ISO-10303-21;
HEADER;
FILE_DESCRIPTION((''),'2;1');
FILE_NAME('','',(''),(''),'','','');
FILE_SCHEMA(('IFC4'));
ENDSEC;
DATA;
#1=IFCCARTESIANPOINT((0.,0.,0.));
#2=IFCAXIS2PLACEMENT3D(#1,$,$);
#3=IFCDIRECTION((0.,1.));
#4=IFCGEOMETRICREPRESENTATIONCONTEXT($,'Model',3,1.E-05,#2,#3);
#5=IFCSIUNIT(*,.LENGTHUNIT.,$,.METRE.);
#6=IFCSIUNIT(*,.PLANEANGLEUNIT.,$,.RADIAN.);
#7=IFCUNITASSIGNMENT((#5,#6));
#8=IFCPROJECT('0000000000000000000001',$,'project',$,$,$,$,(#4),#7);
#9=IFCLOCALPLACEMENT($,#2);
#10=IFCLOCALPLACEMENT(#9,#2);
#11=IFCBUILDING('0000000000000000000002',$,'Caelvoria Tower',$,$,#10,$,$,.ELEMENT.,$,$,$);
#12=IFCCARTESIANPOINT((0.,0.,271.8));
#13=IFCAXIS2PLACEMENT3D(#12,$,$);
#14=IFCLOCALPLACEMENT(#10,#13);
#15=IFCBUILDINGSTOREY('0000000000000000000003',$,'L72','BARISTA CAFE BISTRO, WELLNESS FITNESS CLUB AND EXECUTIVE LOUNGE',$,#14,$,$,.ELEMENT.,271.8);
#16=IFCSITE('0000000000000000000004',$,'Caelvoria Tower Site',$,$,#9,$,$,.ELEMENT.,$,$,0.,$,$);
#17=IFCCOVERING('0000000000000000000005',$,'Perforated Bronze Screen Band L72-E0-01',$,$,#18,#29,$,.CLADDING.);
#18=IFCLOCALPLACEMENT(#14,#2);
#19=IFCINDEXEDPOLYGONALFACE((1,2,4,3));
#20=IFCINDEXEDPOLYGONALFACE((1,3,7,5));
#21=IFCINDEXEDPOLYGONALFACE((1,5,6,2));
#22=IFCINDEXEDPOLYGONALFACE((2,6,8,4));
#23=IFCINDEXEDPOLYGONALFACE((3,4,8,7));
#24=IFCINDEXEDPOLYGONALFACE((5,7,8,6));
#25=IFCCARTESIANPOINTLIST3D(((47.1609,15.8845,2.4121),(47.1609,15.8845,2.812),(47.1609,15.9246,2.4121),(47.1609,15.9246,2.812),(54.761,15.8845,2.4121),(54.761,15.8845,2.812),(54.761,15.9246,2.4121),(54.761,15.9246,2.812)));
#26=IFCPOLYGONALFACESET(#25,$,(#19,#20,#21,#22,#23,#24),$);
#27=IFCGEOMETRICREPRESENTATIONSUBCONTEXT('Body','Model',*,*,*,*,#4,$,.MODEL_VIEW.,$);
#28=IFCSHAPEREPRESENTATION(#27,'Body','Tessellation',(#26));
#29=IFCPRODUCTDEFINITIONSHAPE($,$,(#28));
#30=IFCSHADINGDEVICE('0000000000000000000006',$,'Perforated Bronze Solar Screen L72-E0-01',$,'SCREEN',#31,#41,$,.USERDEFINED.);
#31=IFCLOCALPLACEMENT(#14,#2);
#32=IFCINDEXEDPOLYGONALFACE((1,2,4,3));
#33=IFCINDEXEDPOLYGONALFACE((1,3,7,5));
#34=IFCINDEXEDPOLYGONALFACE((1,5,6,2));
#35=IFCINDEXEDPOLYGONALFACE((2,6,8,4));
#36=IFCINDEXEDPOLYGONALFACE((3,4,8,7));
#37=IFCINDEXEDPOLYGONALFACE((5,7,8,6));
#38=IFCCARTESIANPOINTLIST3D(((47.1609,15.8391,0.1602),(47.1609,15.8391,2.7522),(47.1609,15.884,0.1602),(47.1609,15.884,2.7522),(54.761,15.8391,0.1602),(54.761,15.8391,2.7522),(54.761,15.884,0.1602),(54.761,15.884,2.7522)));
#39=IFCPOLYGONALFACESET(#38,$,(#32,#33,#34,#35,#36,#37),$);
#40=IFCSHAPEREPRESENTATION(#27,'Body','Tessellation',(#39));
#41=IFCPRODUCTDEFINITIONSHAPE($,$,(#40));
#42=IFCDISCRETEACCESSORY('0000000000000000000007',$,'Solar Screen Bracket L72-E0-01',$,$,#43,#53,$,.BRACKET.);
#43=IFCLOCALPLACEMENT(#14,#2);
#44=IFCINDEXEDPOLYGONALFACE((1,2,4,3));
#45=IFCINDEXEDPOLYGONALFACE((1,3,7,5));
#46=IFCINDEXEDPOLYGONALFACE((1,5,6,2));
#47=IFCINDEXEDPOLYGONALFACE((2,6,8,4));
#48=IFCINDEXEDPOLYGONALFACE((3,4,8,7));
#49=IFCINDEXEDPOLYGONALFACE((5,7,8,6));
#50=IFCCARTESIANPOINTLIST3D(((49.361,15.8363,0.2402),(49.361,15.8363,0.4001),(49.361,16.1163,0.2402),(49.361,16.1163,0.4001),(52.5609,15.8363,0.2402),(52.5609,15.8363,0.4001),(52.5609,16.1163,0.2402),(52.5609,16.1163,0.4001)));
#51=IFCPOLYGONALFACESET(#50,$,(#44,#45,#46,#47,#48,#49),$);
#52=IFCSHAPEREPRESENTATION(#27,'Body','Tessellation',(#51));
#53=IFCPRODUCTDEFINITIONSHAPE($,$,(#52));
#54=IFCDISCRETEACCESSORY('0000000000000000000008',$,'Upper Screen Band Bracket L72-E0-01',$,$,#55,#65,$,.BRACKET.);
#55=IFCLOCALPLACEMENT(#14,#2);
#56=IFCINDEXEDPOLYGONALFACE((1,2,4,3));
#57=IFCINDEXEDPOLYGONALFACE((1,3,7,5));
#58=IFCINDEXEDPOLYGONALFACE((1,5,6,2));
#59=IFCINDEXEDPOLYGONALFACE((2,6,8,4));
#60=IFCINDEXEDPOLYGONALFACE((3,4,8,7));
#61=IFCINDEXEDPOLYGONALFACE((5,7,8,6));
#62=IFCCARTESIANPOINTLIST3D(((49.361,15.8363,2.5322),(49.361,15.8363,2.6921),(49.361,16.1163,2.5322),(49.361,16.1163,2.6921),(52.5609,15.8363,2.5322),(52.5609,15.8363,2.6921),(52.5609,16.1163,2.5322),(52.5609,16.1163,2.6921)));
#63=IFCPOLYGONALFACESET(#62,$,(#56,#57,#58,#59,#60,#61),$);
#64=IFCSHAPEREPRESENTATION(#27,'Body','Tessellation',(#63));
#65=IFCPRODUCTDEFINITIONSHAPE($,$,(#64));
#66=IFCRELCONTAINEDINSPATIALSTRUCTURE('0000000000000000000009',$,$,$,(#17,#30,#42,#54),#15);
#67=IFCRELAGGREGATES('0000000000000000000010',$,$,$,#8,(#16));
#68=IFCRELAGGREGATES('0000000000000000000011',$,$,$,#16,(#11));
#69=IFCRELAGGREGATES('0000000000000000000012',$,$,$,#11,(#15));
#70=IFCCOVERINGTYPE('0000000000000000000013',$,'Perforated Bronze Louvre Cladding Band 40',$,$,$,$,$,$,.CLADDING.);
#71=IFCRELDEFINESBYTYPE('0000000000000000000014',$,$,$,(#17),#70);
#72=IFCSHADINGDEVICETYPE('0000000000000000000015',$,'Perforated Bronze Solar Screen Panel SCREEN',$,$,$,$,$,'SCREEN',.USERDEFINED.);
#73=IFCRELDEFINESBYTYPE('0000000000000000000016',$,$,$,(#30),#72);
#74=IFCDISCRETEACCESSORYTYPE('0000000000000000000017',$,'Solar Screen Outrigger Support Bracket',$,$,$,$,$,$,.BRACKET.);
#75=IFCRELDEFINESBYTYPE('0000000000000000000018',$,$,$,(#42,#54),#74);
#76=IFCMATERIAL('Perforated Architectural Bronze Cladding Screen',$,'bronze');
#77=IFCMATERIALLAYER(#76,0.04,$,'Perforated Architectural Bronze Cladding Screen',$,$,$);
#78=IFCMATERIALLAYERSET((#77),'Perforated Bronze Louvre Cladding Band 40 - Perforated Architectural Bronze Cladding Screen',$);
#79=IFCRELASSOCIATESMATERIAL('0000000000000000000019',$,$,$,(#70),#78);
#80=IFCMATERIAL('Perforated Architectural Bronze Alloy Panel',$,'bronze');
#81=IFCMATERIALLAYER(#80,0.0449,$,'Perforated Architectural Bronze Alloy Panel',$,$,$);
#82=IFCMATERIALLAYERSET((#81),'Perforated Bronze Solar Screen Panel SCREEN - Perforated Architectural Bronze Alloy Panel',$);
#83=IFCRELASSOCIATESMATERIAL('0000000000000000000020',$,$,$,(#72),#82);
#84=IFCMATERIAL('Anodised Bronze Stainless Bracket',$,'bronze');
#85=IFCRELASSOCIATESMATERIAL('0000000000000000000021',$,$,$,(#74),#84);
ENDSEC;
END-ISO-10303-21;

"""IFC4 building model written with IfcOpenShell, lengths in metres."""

from ifc_helpers import new_model, si_unit, direction, frame, origin, origin_2d, place, context, subcontext, project, spatial, rectangle, extrude, material, layer, layer_set, type_object, element, save


model = new_model("IFC4")

# Units and contexts
model_context = context("Model", 3, precision=1e-05, world=origin(), true_north=direction((0.0, 1.0)))
body_context = subcontext(model_context, "Body", "Model", "MODEL_VIEW")
ifc_project = project(units=[si_unit("LENGTHUNIT", "METRE"), si_unit("PLANEANGLEUNIT", "RADIAN")], contexts=[model_context])

# Site, building, storey
site_placement = place(None, origin())
site = spatial("IfcSite", under=ifc_project, at=site_placement, Name="Caelvoria Tower Site", CompositionType="ELEMENT", RefElevation=0.0)
building_placement = place(site_placement, origin())
building = spatial("IfcBuilding", under=site, at=building_placement, Name="Caelvoria Tower", CompositionType="ELEMENT")
storey_placement = place(building_placement, frame((0.0, 0.0, 271.8)))
storey = spatial("IfcBuildingStorey", under=building, at=storey_placement, Name="L72", Description="BARISTA CAFE BISTRO, WELLNESS FITNESS CLUB AND EXECUTIVE LOUNGE", CompositionType="ELEMENT", Elevation=271.8)

# Covering
ifc_material_1 = material(Name="Perforated Architectural Bronze Cladding Screen", Category="bronze")
ifc_layer_1 = layer(ifc_material_1, 0.04, Name="Perforated Architectural Bronze Cladding Screen")
ifc_layer_set_1 = layer_set([ifc_layer_1], Name="Perforated Bronze Louvre Cladding Band 40 - Perforated Architectural Bronze Cladding Screen")
covering_type = type_object("IfcCoveringType", Name="Perforated Bronze Louvre Cladding Band 40", PredefinedType="CLADDING", material=ifc_layer_set_1)
covering_placement = place(storey_placement, frame((50.9609, 15.9045, 2.4121), z_axis=(0.0, 0.0, 1.0), x_axis=(1.0, 0.0, 0.0)))
element("IfcCovering", 1, at=covering_placement, inside=storey, type_object=covering_type, Name="Perforated Bronze Screen Band L72-E0-01", PredefinedType="CLADDING", context=body_context, shape_type="SweptSolid", body=[
    extrude(rectangle(XDim=7.6001, YDim=0.04, at=origin_2d()), origin(), (0.0, 0.0, 1.0), 0.3999),
])

# Shading device
ifc_material_2 = material(Name="Perforated Architectural Bronze Alloy Panel", Category="bronze")
ifc_layer_2 = layer(ifc_material_2, 0.0449, Name="Perforated Architectural Bronze Alloy Panel")
ifc_layer_set_2 = layer_set([ifc_layer_2], Name="Perforated Bronze Solar Screen Panel SCREEN - Perforated Architectural Bronze Alloy Panel")
shading_device_type = type_object("IfcShadingDeviceType", Name="Perforated Bronze Solar Screen Panel SCREEN", ElementType="SCREEN", PredefinedType="USERDEFINED", material=ifc_layer_set_2)
shading_device_placement = place(storey_placement, frame((50.9609, 15.8616, 0.1602), z_axis=(0.0, 0.0, 1.0), x_axis=(1.0, 0.0, 0.0)))
element("IfcShadingDevice", 2, at=shading_device_placement, inside=storey, type_object=shading_device_type, Name="Perforated Bronze Solar Screen L72-E0-01", ObjectType="SCREEN", PredefinedType="USERDEFINED", context=body_context, shape_type="SweptSolid", body=[
    extrude(rectangle(XDim=7.6001, YDim=0.0449, at=origin_2d()), origin(), (0.0, 0.0, 1.0), 2.592),
])

# Discrete accessories
ifc_material_3 = material(Name="Anodised Bronze Stainless Bracket", Category="bronze")
discrete_accessory_type = type_object("IfcDiscreteAccessoryType", Name="Solar Screen Outrigger Support Bracket", PredefinedType="BRACKET", material=ifc_material_3)
for number, where, z_axis, x_axis, name in (
    (3, (50.9609, 15.9763, 0.2402), (0.0, 0.0, 1.0), (1.0, 0.0, 0.0), "Solar Screen Bracket L72-E0-01"),
    (4, (50.9609, 15.9763, 2.5322), (0.0, 0.0, 1.0), (1.0, 0.0, 0.0), "Upper Screen Band Bracket L72-E0-01"),
):
    element("IfcDiscreteAccessory", number, at=place(storey_placement, frame(where, z_axis=z_axis, x_axis=x_axis)), inside=storey, type_object=discrete_accessory_type, Name=name, PredefinedType="BRACKET", context=body_context, shape_type="SweptSolid", body=[
        extrude(rectangle(XDim=3.2, YDim=0.28, at=origin_2d()), origin(), (0.0, 0.0, 1.0), 0.1599),
    ])

save(model, "model.ifc")
